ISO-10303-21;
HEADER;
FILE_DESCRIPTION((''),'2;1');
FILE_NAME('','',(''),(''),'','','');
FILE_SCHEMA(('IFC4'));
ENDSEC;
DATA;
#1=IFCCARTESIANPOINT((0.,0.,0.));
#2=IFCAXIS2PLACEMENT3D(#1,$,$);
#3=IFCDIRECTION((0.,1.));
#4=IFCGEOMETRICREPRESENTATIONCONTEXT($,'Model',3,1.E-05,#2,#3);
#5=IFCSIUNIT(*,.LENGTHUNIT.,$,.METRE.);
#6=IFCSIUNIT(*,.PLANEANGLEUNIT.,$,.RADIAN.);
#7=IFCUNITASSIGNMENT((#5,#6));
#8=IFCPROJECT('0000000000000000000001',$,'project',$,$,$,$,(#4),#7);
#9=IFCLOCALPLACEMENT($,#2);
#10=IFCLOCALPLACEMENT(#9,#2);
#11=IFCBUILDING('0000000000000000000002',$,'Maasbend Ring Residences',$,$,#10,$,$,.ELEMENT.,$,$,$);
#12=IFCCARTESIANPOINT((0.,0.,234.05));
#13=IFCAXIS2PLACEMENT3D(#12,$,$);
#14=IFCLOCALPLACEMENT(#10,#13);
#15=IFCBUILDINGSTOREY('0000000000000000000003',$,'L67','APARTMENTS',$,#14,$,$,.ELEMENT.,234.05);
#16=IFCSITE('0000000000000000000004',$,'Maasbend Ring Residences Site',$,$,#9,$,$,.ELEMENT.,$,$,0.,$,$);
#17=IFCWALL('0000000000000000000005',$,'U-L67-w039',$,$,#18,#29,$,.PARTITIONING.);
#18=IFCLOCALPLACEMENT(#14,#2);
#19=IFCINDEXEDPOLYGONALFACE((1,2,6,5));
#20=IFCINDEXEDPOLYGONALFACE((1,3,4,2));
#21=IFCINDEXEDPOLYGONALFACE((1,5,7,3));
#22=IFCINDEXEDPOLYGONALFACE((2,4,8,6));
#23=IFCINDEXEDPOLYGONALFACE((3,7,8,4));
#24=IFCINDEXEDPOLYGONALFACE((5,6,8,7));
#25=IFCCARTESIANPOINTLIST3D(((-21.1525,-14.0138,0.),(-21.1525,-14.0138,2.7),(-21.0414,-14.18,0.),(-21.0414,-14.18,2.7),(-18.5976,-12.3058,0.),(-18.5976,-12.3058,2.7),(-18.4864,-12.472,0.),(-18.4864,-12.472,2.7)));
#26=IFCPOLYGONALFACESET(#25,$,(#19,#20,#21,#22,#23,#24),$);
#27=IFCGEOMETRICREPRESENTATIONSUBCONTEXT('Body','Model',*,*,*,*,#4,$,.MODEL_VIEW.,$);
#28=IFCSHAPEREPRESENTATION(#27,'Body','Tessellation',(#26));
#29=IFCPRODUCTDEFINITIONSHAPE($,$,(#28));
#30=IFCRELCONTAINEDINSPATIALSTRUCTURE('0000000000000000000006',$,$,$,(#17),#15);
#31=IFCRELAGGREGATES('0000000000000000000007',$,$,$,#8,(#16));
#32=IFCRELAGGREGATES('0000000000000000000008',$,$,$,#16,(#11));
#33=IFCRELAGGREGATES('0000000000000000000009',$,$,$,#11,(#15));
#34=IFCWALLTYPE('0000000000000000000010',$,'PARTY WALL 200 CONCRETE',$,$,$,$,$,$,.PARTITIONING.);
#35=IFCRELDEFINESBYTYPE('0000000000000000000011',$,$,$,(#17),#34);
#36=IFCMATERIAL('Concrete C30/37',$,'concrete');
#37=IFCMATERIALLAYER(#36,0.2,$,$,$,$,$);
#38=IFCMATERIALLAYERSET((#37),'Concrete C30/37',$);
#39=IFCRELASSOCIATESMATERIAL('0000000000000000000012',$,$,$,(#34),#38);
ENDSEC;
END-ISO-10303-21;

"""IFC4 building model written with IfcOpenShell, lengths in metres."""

from ifc_helpers import new_model, si_unit, direction, frame, frame_2d, origin, place, context, subcontext, project, spatial, rectangle, extrude, material, layer, layer_set, type_object, element, save


model = new_model("IFC4")

# Units and contexts
model_context = context("Model", 3, precision=1e-05, world=origin(), true_north=direction((0.0, 1.0)))
body_context = subcontext(model_context, "Body", "Model", "MODEL_VIEW")
ifc_project = project(units=[si_unit("LENGTHUNIT", "METRE"), si_unit("PLANEANGLEUNIT", "RADIAN")], contexts=[model_context])

# Site, building, storey
site_placement = place(None, origin())
site = spatial("IfcSite", under=ifc_project, at=site_placement, Name="Maasbend Ring Residences Site", CompositionType="ELEMENT", RefElevation=0.0)
building_placement = place(site_placement, origin())
building = spatial("IfcBuilding", under=site, at=building_placement, Name="Maasbend Ring Residences", CompositionType="ELEMENT")
storey_placement = place(building_placement, frame((0.0, 0.0, 234.05)))
storey = spatial("IfcBuildingStorey", under=building, at=storey_placement, Name="L67", Description="APARTMENTS", CompositionType="ELEMENT", Elevation=234.05)

# Wall
ifc_material_1 = material(Name="Concrete C30/37", Category="concrete")
ifc_layer_1 = layer(ifc_material_1, 0.2)
ifc_layer_set_1 = layer_set([ifc_layer_1], Name="Concrete C30/37")
wall_type_1 = type_object("IfcWallType", Name="PARTY WALL 200 CONCRETE", PredefinedType="PARTITIONING", material=ifc_layer_set_1)
wall_1_placement = place(storey_placement, frame((-21.0969, -14.0969, 0.0), z_axis=(0.0, 0.0, 1.0), x_axis=(0.831341, 0.555763, 0.0)))
element("IfcWall", 1, at=wall_1_placement, inside=storey, type_object=wall_type_1, Name="U-L67-w039", PredefinedType="PARTITIONING", context=body_context, shape_type="SweptSolid", body=[
    extrude(rectangle(XDim=3.0732, YDim=0.2, at=frame_2d((1.5366, 0.0))), origin(), (0.0, 0.0, 1.0), 2.7),
])

save(model, "model.ifc")
